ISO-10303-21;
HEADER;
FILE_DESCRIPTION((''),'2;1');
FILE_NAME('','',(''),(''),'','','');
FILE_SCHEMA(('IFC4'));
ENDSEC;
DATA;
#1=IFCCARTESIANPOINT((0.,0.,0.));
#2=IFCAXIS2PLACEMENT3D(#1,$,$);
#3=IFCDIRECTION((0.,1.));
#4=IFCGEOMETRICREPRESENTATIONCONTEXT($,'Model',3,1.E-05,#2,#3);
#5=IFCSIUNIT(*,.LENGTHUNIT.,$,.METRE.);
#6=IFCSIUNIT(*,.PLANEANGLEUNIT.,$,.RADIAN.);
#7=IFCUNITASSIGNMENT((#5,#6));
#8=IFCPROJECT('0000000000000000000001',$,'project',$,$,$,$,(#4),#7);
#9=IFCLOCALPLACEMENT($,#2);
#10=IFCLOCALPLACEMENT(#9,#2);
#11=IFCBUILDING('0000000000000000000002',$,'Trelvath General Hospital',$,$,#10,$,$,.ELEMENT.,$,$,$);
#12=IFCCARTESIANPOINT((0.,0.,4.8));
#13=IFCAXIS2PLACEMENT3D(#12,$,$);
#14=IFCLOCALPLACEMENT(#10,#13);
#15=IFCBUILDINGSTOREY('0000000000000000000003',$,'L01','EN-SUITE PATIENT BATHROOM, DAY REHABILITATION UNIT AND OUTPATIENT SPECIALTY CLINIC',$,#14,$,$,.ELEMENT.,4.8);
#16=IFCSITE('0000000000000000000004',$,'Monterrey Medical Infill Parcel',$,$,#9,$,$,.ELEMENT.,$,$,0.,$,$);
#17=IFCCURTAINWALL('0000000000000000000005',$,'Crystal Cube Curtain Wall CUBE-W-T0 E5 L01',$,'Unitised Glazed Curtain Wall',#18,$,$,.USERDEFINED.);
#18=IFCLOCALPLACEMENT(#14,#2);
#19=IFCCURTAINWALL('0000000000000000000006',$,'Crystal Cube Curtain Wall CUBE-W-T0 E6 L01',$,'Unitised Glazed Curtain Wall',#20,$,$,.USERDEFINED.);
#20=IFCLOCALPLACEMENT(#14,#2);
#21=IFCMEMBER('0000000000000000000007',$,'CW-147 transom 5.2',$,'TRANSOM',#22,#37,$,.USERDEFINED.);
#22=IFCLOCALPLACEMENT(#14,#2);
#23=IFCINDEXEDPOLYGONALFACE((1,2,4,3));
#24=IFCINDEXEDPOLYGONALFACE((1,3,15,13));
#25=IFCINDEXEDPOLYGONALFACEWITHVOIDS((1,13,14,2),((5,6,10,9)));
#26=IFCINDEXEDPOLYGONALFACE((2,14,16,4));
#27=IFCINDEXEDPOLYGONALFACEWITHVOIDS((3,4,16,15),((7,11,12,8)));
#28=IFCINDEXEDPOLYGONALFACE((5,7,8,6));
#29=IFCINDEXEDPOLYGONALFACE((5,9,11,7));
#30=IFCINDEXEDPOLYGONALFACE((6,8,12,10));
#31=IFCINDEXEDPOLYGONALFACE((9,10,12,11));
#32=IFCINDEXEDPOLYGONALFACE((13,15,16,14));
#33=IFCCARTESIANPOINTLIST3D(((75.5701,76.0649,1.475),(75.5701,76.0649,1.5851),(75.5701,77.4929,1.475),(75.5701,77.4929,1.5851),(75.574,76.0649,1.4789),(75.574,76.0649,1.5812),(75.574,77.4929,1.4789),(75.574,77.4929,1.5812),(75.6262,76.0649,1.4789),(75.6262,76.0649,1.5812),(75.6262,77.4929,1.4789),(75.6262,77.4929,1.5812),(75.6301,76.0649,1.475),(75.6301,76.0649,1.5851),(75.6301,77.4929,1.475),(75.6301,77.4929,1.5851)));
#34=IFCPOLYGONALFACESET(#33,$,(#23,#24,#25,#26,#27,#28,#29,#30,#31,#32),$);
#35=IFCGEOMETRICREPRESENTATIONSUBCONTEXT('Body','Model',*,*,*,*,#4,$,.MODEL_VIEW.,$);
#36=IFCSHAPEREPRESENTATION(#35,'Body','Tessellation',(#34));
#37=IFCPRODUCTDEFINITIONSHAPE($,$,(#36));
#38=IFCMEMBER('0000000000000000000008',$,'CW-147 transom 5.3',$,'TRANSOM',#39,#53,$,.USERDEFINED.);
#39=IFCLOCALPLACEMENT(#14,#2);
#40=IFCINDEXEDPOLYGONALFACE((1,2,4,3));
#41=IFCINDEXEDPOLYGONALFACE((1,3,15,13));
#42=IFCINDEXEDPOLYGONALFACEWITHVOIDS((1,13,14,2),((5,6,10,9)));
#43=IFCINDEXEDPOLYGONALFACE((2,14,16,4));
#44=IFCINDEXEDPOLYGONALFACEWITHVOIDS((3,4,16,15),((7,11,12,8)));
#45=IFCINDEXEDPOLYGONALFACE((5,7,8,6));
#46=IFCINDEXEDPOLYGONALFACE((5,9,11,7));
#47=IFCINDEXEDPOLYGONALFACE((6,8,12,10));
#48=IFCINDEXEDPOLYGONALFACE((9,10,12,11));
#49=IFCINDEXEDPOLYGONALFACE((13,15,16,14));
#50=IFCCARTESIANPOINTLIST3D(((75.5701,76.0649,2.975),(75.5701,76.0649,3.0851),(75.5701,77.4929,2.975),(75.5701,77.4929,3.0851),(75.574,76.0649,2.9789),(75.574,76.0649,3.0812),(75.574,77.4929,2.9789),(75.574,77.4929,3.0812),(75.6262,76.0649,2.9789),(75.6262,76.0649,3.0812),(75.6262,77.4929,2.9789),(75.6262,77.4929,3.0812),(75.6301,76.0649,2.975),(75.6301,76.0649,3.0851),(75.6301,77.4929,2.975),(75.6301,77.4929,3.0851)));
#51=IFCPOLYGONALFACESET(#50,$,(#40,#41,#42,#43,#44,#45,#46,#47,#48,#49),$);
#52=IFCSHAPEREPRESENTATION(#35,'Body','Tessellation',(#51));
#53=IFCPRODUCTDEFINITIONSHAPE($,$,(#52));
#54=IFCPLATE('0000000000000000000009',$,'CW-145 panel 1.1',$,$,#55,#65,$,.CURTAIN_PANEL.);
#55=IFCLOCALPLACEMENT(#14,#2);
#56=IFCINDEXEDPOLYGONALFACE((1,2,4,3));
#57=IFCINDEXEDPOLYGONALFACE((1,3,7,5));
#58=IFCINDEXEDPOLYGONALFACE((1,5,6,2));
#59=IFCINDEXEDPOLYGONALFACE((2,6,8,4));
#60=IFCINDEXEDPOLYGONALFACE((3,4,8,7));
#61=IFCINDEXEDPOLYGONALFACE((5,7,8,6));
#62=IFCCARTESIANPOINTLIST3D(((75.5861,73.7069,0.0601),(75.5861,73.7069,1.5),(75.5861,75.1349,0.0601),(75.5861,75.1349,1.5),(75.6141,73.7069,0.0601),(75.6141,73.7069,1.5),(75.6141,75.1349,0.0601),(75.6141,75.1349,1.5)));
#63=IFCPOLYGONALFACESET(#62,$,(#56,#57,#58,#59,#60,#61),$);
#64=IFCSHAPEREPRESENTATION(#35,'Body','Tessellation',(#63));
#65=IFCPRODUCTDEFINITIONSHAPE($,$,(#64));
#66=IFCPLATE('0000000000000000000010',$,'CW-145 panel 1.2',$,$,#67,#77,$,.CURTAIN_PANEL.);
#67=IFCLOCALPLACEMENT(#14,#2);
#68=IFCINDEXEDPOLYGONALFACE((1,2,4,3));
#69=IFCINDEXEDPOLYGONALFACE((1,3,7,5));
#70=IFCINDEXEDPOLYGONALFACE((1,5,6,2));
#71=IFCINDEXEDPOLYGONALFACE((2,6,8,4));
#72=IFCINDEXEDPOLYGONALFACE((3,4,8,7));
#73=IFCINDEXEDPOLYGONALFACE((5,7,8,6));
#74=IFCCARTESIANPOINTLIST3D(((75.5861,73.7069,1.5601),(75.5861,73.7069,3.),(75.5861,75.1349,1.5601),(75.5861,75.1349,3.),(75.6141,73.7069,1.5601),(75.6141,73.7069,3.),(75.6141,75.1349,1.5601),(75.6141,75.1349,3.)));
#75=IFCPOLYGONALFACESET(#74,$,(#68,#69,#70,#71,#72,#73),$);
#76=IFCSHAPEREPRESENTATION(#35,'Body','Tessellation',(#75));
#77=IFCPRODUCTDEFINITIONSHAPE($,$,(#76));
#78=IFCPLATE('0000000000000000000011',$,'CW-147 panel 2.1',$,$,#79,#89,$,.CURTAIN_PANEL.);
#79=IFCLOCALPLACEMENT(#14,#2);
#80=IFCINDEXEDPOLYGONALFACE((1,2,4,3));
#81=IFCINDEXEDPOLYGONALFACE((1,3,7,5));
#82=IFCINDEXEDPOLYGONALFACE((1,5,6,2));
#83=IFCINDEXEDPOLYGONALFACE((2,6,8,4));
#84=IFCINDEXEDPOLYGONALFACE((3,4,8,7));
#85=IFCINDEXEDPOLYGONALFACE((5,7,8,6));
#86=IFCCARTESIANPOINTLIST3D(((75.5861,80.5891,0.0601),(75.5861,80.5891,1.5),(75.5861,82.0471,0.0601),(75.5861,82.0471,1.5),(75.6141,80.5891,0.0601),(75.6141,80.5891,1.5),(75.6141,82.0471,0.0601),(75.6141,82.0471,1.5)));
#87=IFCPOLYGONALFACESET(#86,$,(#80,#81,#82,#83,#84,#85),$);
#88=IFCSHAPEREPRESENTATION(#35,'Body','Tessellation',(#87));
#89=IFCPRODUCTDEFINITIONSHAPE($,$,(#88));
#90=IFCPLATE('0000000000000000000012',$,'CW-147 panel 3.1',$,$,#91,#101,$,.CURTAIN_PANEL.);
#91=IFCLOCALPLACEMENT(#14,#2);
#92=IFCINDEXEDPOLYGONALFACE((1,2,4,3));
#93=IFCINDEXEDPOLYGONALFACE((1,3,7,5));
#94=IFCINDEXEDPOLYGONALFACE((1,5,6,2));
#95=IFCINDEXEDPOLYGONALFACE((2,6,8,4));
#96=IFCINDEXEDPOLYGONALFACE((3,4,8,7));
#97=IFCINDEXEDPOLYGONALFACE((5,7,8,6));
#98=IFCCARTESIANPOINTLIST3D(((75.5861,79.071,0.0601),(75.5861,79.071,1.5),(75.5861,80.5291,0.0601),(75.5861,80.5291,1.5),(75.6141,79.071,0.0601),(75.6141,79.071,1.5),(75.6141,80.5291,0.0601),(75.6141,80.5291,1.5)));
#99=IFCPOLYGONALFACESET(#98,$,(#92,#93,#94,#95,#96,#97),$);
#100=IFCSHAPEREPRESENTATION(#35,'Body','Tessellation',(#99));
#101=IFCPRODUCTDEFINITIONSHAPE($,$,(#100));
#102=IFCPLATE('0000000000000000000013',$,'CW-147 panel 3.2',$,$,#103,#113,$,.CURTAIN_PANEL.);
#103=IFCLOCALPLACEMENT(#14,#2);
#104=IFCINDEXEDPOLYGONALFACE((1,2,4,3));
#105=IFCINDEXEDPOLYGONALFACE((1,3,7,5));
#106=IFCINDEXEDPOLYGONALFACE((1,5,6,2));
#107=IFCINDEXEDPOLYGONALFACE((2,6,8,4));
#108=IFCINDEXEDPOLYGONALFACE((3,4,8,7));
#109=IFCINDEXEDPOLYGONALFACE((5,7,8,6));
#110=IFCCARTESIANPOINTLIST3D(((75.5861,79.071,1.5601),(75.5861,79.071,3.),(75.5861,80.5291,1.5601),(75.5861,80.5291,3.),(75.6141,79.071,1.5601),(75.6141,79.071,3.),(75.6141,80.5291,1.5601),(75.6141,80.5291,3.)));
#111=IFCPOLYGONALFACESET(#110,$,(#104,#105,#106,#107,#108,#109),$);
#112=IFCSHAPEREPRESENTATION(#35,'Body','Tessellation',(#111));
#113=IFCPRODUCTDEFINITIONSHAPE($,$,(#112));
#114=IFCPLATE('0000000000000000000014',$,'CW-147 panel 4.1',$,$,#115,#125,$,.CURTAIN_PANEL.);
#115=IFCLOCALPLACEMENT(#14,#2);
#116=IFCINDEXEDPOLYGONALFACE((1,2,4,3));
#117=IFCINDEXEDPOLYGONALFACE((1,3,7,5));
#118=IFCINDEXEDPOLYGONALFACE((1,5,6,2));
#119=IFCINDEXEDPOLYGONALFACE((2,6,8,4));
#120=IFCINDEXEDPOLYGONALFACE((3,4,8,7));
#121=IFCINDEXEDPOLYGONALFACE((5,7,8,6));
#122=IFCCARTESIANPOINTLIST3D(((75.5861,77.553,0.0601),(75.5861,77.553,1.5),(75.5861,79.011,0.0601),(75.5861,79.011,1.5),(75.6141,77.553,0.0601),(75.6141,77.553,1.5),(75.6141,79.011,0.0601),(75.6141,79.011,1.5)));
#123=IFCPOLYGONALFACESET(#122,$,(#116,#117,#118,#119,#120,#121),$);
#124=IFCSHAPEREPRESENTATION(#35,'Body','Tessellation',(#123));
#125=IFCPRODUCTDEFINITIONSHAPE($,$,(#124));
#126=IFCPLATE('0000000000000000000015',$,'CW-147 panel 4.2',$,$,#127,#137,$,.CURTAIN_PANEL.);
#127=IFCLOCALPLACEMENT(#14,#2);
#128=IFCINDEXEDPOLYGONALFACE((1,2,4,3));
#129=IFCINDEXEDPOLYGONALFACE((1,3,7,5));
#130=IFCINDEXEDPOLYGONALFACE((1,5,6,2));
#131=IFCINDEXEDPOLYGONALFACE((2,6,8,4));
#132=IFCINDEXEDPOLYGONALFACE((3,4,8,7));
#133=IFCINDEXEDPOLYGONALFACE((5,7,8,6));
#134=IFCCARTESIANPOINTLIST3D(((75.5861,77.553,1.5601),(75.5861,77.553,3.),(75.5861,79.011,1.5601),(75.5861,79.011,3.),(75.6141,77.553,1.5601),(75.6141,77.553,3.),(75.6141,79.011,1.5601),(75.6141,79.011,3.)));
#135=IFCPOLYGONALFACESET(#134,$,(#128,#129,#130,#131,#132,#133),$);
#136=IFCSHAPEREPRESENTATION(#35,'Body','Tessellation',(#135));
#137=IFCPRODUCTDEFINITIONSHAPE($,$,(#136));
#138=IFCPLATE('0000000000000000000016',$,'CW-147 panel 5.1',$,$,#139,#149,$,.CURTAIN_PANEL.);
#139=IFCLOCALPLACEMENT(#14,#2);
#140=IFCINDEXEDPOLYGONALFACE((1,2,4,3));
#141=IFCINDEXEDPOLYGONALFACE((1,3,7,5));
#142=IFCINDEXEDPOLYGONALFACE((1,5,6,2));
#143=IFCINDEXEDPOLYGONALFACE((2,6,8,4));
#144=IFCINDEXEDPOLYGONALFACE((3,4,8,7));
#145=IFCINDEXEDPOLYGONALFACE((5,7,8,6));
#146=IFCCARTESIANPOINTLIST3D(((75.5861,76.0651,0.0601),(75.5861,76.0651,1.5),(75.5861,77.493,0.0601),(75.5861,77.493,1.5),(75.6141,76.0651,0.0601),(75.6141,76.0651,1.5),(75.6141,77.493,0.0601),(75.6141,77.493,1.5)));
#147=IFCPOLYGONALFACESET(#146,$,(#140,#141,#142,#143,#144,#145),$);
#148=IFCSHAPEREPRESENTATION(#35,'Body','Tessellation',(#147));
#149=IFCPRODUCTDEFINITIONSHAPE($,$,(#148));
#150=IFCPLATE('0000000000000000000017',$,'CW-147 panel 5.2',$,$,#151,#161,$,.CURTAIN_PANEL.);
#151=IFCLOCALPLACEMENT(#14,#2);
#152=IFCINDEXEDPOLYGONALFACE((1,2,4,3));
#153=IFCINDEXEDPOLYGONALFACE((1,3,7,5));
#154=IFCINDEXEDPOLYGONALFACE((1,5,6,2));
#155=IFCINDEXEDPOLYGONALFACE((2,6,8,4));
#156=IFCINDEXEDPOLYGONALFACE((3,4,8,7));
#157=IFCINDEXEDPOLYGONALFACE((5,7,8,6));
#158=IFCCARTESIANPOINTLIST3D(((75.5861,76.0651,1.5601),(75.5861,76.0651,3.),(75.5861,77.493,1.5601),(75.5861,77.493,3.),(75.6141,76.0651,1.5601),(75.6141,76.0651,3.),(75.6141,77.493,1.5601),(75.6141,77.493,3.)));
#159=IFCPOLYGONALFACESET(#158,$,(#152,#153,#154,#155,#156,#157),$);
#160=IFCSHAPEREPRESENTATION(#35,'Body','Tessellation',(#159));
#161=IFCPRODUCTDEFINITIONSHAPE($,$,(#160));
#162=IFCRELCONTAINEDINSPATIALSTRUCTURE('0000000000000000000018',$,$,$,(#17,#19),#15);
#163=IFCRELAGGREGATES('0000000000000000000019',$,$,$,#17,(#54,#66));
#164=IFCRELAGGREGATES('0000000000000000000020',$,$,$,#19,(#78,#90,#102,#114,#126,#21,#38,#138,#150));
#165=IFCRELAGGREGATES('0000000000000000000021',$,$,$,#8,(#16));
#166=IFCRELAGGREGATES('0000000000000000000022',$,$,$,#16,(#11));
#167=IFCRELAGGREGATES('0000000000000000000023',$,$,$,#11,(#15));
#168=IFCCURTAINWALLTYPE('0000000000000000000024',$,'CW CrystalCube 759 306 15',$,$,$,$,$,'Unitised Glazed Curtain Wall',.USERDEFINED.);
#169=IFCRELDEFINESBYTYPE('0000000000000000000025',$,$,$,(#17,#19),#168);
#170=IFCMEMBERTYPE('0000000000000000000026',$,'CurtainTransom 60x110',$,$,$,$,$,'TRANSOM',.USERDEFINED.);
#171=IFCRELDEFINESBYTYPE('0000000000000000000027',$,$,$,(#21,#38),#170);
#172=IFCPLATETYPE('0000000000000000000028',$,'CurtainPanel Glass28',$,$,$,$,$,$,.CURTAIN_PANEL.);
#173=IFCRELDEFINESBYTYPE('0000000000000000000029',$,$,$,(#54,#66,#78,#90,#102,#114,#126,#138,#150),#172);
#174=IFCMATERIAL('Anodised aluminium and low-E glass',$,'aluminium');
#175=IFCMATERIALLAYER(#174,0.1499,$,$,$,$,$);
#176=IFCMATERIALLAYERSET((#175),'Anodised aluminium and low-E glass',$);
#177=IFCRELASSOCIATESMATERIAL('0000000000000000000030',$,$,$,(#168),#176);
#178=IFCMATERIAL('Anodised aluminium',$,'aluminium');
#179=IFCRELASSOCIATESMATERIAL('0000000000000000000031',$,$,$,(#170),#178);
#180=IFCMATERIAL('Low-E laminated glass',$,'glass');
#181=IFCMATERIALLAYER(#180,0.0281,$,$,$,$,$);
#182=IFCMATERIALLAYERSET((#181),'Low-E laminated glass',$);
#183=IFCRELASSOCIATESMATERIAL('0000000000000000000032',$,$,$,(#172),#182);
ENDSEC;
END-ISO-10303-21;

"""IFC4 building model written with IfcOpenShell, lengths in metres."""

from ifc_helpers import new_model, si_unit, direction, frame, origin, origin_2d, place, context, subcontext, project, spatial, rectangle, hollow_rectangle, extrude, material, layer, layer_set, material_profile, profile_set, type_object, element, aggregate, save


model = new_model("IFC4")

# Units and contexts
model_context = context("Model", 3, precision=1e-05, world=origin(), true_north=direction((0.0, 1.0)))
body_context = subcontext(model_context, "Body", "Model", "MODEL_VIEW")
ifc_project = project(units=[si_unit("LENGTHUNIT", "METRE"), si_unit("PLANEANGLEUNIT", "RADIAN")], contexts=[model_context])

# Site, building, storey
site_placement = place(None, origin())
site = spatial("IfcSite", under=ifc_project, at=site_placement, Name="Monterrey Medical Infill Parcel", CompositionType="ELEMENT", RefElevation=0.0)
building_placement = place(site_placement, origin())
building = spatial("IfcBuilding", under=site, at=building_placement, Name="Trelvath General Hospital", CompositionType="ELEMENT")
storey_placement = place(building_placement, frame((0.0, 0.0, 4.8)))
storey = spatial("IfcBuildingStorey", under=building, at=storey_placement, Name="L01", Description="EN-SUITE PATIENT BATHROOM, DAY REHABILITATION UNIT AND OUTPATIENT SPECIALTY CLINIC", CompositionType="ELEMENT", Elevation=4.8)

# Curtain walls
ifc_material_1 = material(Name="Anodised aluminium and low-E glass", Category="aluminium")
ifc_layer_1 = layer(ifc_material_1, 0.1499)
ifc_layer_set_1 = layer_set([ifc_layer_1], Name="Anodised aluminium and low-E glass")
curtain_wall_type = type_object("IfcCurtainWallType", Name="CW CrystalCube 759 306 15", ElementType="Unitised Glazed Curtain Wall", PredefinedType="USERDEFINED", material=ifc_layer_set_1)
curtain_wall_1_placement = place(storey_placement, origin())
curtain_wall_1 = element("IfcCurtainWall", 1, at=curtain_wall_1_placement, inside=storey, type_object=curtain_wall_type, Name="Crystal Cube Curtain Wall CUBE-W-T0 E5 L01", ObjectType="Unitised Glazed Curtain Wall", PredefinedType="USERDEFINED")
curtain_wall_2_placement = place(storey_placement, origin())
curtain_wall_2 = element("IfcCurtainWall", 2, at=curtain_wall_2_placement, inside=storey, type_object=curtain_wall_type, Name="Crystal Cube Curtain Wall CUBE-W-T0 E6 L01", ObjectType="Unitised Glazed Curtain Wall", PredefinedType="USERDEFINED")

# Members
ifc_material_2 = material(Name="Anodised aluminium", Category="aluminium")
ifc_material_profile_1 = material_profile(ifc_material_2, hollow_rectangle(XDim=0.0601, YDim=0.1101, WallThickness=0.0039, at=origin_2d()), Name="RHS60x110x4")
ifc_profile_set_1 = profile_set([ifc_material_profile_1], Name="Anodised aluminium")
member_type_1 = type_object("IfcMemberType", Name="CurtainTransom 60x110", ElementType="TRANSOM", PredefinedType="USERDEFINED", material=ifc_profile_set_1)
member_1_placement = place(storey_placement, frame((75.6001, 77.4929, 1.53), z_axis=(0.0, -1.0, 0.0), x_axis=(1.0, 0.0, 0.0)))
member_1 = element("IfcMember", 3, at=member_1_placement, type_object=member_type_1, Name="CW-147 transom 5.2", ObjectType="TRANSOM", PredefinedType="USERDEFINED", context=body_context, shape_type="SweptSolid", body=[
    extrude(hollow_rectangle(XDim=0.0601, YDim=0.1101, WallThickness=0.0039, at=origin_2d()), origin(), (0.0, 0.0, 1.0), 1.428),
])
member_2_placement = place(storey_placement, frame((75.6001, 77.4929, 3.03), z_axis=(0.0, -1.0, 0.0), x_axis=(1.0, 0.0, 0.0)))
member_2 = element("IfcMember", 4, at=member_2_placement, type_object=member_type_1, Name="CW-147 transom 5.3", ObjectType="TRANSOM", PredefinedType="USERDEFINED", context=body_context, shape_type="SweptSolid", body=[
    extrude(hollow_rectangle(XDim=0.0601, YDim=0.1101, WallThickness=0.0039, at=origin_2d()), origin(), (0.0, 0.0, 1.0), 1.428),
])

# Plates
ifc_material_3 = material(Name="Low-E laminated glass", Category="glass")
ifc_layer_2 = layer(ifc_material_3, 0.0281)
ifc_layer_set_2 = layer_set([ifc_layer_2], Name="Low-E laminated glass")
plate_type = type_object("IfcPlateType", Name="CurtainPanel Glass28", PredefinedType="CURTAIN_PANEL", material=ifc_layer_set_2)
plate_1_placement = place(storey_placement, frame((75.6001, 74.4209, 0.0601), z_axis=(0.0, 0.0, 1.0), x_axis=(0.0, -1.0, 0.0)))
plate_1 = element("IfcPlate", 5, at=plate_1_placement, type_object=plate_type, Name="CW-145 panel 1.1", PredefinedType="CURTAIN_PANEL", context=body_context, shape_type="SweptSolid", body=[
    extrude(rectangle(XDim=1.428, YDim=0.0281, at=origin_2d()), origin(), (0.0, 0.0, 1.0), 1.4399),
])
plate_2_placement = place(storey_placement, frame((75.6001, 74.4209, 1.5601), z_axis=(0.0, 0.0, 1.0), x_axis=(0.0, -1.0, 0.0)))
plate_2 = element("IfcPlate", 6, at=plate_2_placement, type_object=plate_type, Name="CW-145 panel 1.2", PredefinedType="CURTAIN_PANEL", context=body_context, shape_type="SweptSolid", body=[
    extrude(rectangle(XDim=1.428, YDim=0.0281, at=origin_2d()), origin(), (0.0, 0.0, 1.0), 1.4399),
])
aggregate(curtain_wall_1, [plate_1, plate_2])
plate_3_placement = place(storey_placement, frame((75.6001, 81.3181, 0.0601), z_axis=(0.0, 0.0, 1.0), x_axis=(0.0, -1.0, 0.0)))
plate_3 = element("IfcPlate", 7, at=plate_3_placement, type_object=plate_type, Name="CW-147 panel 2.1", PredefinedType="CURTAIN_PANEL", context=body_context, shape_type="SweptSolid", body=[
    extrude(rectangle(XDim=1.458, YDim=0.0281, at=origin_2d()), origin(), (0.0, 0.0, 1.0), 1.4399),
])
plate_4_placement = place(storey_placement, frame((75.6001, 79.8, 0.0601), z_axis=(0.0, 0.0, 1.0), x_axis=(0.0, -1.0, 0.0)))
plate_4 = element("IfcPlate", 8, at=plate_4_placement, type_object=plate_type, Name="CW-147 panel 3.1", PredefinedType="CURTAIN_PANEL", context=body_context, shape_type="SweptSolid", body=[
    extrude(rectangle(XDim=1.458, YDim=0.0281, at=origin_2d()), origin(), (0.0, 0.0, 1.0), 1.4399),
])
plate_5_placement = place(storey_placement, frame((75.6001, 79.8, 1.5601), z_axis=(0.0, 0.0, 1.0), x_axis=(0.0, -1.0, 0.0)))
plate_5 = element("IfcPlate", 9, at=plate_5_placement, type_object=plate_type, Name="CW-147 panel 3.2", PredefinedType="CURTAIN_PANEL", context=body_context, shape_type="SweptSolid", body=[
    extrude(rectangle(XDim=1.458, YDim=0.0281, at=origin_2d()), origin(), (0.0, 0.0, 1.0), 1.4399),
])
plate_6_placement = place(storey_placement, frame((75.6001, 78.282, 0.0601), z_axis=(0.0, 0.0, 1.0), x_axis=(0.0, -1.0, 0.0)))
plate_6 = element("IfcPlate", 10, at=plate_6_placement, type_object=plate_type, Name="CW-147 panel 4.1", PredefinedType="CURTAIN_PANEL", context=body_context, shape_type="SweptSolid", body=[
    extrude(rectangle(XDim=1.458, YDim=0.0281, at=origin_2d()), origin(), (0.0, 0.0, 1.0), 1.4399),
])
plate_7_placement = place(storey_placement, frame((75.6001, 78.282, 1.5601), z_axis=(0.0, 0.0, 1.0), x_axis=(0.0, -1.0, 0.0)))
plate_7 = element("IfcPlate", 11, at=plate_7_placement, type_object=plate_type, Name="CW-147 panel 4.2", PredefinedType="CURTAIN_PANEL", context=body_context, shape_type="SweptSolid", body=[
    extrude(rectangle(XDim=1.458, YDim=0.0281, at=origin_2d()), origin(), (0.0, 0.0, 1.0), 1.4399),
])
plate_8_placement = place(storey_placement, frame((75.6001, 76.7791, 0.0601), z_axis=(0.0, 0.0, 1.0), x_axis=(0.0, -1.0, 0.0)))
plate_8 = element("IfcPlate", 12, at=plate_8_placement, type_object=plate_type, Name="CW-147 panel 5.1", PredefinedType="CURTAIN_PANEL", context=body_context, shape_type="SweptSolid", body=[
    extrude(rectangle(XDim=1.428, YDim=0.0281, at=origin_2d()), origin(), (0.0, 0.0, 1.0), 1.4399),
])
plate_9_placement = place(storey_placement, frame((75.6001, 76.7791, 1.5601), z_axis=(0.0, 0.0, 1.0), x_axis=(0.0, -1.0, 0.0)))
plate_9 = element("IfcPlate", 13, at=plate_9_placement, type_object=plate_type, Name="CW-147 panel 5.2", PredefinedType="CURTAIN_PANEL", context=body_context, shape_type="SweptSolid", body=[
    extrude(rectangle(XDim=1.428, YDim=0.0281, at=origin_2d()), origin(), (0.0, 0.0, 1.0), 1.4399),
])
aggregate(curtain_wall_2, [plate_3, plate_4, plate_5, plate_6, plate_7, member_1, member_2, plate_8, plate_9])

save(model, "model.ifc")
